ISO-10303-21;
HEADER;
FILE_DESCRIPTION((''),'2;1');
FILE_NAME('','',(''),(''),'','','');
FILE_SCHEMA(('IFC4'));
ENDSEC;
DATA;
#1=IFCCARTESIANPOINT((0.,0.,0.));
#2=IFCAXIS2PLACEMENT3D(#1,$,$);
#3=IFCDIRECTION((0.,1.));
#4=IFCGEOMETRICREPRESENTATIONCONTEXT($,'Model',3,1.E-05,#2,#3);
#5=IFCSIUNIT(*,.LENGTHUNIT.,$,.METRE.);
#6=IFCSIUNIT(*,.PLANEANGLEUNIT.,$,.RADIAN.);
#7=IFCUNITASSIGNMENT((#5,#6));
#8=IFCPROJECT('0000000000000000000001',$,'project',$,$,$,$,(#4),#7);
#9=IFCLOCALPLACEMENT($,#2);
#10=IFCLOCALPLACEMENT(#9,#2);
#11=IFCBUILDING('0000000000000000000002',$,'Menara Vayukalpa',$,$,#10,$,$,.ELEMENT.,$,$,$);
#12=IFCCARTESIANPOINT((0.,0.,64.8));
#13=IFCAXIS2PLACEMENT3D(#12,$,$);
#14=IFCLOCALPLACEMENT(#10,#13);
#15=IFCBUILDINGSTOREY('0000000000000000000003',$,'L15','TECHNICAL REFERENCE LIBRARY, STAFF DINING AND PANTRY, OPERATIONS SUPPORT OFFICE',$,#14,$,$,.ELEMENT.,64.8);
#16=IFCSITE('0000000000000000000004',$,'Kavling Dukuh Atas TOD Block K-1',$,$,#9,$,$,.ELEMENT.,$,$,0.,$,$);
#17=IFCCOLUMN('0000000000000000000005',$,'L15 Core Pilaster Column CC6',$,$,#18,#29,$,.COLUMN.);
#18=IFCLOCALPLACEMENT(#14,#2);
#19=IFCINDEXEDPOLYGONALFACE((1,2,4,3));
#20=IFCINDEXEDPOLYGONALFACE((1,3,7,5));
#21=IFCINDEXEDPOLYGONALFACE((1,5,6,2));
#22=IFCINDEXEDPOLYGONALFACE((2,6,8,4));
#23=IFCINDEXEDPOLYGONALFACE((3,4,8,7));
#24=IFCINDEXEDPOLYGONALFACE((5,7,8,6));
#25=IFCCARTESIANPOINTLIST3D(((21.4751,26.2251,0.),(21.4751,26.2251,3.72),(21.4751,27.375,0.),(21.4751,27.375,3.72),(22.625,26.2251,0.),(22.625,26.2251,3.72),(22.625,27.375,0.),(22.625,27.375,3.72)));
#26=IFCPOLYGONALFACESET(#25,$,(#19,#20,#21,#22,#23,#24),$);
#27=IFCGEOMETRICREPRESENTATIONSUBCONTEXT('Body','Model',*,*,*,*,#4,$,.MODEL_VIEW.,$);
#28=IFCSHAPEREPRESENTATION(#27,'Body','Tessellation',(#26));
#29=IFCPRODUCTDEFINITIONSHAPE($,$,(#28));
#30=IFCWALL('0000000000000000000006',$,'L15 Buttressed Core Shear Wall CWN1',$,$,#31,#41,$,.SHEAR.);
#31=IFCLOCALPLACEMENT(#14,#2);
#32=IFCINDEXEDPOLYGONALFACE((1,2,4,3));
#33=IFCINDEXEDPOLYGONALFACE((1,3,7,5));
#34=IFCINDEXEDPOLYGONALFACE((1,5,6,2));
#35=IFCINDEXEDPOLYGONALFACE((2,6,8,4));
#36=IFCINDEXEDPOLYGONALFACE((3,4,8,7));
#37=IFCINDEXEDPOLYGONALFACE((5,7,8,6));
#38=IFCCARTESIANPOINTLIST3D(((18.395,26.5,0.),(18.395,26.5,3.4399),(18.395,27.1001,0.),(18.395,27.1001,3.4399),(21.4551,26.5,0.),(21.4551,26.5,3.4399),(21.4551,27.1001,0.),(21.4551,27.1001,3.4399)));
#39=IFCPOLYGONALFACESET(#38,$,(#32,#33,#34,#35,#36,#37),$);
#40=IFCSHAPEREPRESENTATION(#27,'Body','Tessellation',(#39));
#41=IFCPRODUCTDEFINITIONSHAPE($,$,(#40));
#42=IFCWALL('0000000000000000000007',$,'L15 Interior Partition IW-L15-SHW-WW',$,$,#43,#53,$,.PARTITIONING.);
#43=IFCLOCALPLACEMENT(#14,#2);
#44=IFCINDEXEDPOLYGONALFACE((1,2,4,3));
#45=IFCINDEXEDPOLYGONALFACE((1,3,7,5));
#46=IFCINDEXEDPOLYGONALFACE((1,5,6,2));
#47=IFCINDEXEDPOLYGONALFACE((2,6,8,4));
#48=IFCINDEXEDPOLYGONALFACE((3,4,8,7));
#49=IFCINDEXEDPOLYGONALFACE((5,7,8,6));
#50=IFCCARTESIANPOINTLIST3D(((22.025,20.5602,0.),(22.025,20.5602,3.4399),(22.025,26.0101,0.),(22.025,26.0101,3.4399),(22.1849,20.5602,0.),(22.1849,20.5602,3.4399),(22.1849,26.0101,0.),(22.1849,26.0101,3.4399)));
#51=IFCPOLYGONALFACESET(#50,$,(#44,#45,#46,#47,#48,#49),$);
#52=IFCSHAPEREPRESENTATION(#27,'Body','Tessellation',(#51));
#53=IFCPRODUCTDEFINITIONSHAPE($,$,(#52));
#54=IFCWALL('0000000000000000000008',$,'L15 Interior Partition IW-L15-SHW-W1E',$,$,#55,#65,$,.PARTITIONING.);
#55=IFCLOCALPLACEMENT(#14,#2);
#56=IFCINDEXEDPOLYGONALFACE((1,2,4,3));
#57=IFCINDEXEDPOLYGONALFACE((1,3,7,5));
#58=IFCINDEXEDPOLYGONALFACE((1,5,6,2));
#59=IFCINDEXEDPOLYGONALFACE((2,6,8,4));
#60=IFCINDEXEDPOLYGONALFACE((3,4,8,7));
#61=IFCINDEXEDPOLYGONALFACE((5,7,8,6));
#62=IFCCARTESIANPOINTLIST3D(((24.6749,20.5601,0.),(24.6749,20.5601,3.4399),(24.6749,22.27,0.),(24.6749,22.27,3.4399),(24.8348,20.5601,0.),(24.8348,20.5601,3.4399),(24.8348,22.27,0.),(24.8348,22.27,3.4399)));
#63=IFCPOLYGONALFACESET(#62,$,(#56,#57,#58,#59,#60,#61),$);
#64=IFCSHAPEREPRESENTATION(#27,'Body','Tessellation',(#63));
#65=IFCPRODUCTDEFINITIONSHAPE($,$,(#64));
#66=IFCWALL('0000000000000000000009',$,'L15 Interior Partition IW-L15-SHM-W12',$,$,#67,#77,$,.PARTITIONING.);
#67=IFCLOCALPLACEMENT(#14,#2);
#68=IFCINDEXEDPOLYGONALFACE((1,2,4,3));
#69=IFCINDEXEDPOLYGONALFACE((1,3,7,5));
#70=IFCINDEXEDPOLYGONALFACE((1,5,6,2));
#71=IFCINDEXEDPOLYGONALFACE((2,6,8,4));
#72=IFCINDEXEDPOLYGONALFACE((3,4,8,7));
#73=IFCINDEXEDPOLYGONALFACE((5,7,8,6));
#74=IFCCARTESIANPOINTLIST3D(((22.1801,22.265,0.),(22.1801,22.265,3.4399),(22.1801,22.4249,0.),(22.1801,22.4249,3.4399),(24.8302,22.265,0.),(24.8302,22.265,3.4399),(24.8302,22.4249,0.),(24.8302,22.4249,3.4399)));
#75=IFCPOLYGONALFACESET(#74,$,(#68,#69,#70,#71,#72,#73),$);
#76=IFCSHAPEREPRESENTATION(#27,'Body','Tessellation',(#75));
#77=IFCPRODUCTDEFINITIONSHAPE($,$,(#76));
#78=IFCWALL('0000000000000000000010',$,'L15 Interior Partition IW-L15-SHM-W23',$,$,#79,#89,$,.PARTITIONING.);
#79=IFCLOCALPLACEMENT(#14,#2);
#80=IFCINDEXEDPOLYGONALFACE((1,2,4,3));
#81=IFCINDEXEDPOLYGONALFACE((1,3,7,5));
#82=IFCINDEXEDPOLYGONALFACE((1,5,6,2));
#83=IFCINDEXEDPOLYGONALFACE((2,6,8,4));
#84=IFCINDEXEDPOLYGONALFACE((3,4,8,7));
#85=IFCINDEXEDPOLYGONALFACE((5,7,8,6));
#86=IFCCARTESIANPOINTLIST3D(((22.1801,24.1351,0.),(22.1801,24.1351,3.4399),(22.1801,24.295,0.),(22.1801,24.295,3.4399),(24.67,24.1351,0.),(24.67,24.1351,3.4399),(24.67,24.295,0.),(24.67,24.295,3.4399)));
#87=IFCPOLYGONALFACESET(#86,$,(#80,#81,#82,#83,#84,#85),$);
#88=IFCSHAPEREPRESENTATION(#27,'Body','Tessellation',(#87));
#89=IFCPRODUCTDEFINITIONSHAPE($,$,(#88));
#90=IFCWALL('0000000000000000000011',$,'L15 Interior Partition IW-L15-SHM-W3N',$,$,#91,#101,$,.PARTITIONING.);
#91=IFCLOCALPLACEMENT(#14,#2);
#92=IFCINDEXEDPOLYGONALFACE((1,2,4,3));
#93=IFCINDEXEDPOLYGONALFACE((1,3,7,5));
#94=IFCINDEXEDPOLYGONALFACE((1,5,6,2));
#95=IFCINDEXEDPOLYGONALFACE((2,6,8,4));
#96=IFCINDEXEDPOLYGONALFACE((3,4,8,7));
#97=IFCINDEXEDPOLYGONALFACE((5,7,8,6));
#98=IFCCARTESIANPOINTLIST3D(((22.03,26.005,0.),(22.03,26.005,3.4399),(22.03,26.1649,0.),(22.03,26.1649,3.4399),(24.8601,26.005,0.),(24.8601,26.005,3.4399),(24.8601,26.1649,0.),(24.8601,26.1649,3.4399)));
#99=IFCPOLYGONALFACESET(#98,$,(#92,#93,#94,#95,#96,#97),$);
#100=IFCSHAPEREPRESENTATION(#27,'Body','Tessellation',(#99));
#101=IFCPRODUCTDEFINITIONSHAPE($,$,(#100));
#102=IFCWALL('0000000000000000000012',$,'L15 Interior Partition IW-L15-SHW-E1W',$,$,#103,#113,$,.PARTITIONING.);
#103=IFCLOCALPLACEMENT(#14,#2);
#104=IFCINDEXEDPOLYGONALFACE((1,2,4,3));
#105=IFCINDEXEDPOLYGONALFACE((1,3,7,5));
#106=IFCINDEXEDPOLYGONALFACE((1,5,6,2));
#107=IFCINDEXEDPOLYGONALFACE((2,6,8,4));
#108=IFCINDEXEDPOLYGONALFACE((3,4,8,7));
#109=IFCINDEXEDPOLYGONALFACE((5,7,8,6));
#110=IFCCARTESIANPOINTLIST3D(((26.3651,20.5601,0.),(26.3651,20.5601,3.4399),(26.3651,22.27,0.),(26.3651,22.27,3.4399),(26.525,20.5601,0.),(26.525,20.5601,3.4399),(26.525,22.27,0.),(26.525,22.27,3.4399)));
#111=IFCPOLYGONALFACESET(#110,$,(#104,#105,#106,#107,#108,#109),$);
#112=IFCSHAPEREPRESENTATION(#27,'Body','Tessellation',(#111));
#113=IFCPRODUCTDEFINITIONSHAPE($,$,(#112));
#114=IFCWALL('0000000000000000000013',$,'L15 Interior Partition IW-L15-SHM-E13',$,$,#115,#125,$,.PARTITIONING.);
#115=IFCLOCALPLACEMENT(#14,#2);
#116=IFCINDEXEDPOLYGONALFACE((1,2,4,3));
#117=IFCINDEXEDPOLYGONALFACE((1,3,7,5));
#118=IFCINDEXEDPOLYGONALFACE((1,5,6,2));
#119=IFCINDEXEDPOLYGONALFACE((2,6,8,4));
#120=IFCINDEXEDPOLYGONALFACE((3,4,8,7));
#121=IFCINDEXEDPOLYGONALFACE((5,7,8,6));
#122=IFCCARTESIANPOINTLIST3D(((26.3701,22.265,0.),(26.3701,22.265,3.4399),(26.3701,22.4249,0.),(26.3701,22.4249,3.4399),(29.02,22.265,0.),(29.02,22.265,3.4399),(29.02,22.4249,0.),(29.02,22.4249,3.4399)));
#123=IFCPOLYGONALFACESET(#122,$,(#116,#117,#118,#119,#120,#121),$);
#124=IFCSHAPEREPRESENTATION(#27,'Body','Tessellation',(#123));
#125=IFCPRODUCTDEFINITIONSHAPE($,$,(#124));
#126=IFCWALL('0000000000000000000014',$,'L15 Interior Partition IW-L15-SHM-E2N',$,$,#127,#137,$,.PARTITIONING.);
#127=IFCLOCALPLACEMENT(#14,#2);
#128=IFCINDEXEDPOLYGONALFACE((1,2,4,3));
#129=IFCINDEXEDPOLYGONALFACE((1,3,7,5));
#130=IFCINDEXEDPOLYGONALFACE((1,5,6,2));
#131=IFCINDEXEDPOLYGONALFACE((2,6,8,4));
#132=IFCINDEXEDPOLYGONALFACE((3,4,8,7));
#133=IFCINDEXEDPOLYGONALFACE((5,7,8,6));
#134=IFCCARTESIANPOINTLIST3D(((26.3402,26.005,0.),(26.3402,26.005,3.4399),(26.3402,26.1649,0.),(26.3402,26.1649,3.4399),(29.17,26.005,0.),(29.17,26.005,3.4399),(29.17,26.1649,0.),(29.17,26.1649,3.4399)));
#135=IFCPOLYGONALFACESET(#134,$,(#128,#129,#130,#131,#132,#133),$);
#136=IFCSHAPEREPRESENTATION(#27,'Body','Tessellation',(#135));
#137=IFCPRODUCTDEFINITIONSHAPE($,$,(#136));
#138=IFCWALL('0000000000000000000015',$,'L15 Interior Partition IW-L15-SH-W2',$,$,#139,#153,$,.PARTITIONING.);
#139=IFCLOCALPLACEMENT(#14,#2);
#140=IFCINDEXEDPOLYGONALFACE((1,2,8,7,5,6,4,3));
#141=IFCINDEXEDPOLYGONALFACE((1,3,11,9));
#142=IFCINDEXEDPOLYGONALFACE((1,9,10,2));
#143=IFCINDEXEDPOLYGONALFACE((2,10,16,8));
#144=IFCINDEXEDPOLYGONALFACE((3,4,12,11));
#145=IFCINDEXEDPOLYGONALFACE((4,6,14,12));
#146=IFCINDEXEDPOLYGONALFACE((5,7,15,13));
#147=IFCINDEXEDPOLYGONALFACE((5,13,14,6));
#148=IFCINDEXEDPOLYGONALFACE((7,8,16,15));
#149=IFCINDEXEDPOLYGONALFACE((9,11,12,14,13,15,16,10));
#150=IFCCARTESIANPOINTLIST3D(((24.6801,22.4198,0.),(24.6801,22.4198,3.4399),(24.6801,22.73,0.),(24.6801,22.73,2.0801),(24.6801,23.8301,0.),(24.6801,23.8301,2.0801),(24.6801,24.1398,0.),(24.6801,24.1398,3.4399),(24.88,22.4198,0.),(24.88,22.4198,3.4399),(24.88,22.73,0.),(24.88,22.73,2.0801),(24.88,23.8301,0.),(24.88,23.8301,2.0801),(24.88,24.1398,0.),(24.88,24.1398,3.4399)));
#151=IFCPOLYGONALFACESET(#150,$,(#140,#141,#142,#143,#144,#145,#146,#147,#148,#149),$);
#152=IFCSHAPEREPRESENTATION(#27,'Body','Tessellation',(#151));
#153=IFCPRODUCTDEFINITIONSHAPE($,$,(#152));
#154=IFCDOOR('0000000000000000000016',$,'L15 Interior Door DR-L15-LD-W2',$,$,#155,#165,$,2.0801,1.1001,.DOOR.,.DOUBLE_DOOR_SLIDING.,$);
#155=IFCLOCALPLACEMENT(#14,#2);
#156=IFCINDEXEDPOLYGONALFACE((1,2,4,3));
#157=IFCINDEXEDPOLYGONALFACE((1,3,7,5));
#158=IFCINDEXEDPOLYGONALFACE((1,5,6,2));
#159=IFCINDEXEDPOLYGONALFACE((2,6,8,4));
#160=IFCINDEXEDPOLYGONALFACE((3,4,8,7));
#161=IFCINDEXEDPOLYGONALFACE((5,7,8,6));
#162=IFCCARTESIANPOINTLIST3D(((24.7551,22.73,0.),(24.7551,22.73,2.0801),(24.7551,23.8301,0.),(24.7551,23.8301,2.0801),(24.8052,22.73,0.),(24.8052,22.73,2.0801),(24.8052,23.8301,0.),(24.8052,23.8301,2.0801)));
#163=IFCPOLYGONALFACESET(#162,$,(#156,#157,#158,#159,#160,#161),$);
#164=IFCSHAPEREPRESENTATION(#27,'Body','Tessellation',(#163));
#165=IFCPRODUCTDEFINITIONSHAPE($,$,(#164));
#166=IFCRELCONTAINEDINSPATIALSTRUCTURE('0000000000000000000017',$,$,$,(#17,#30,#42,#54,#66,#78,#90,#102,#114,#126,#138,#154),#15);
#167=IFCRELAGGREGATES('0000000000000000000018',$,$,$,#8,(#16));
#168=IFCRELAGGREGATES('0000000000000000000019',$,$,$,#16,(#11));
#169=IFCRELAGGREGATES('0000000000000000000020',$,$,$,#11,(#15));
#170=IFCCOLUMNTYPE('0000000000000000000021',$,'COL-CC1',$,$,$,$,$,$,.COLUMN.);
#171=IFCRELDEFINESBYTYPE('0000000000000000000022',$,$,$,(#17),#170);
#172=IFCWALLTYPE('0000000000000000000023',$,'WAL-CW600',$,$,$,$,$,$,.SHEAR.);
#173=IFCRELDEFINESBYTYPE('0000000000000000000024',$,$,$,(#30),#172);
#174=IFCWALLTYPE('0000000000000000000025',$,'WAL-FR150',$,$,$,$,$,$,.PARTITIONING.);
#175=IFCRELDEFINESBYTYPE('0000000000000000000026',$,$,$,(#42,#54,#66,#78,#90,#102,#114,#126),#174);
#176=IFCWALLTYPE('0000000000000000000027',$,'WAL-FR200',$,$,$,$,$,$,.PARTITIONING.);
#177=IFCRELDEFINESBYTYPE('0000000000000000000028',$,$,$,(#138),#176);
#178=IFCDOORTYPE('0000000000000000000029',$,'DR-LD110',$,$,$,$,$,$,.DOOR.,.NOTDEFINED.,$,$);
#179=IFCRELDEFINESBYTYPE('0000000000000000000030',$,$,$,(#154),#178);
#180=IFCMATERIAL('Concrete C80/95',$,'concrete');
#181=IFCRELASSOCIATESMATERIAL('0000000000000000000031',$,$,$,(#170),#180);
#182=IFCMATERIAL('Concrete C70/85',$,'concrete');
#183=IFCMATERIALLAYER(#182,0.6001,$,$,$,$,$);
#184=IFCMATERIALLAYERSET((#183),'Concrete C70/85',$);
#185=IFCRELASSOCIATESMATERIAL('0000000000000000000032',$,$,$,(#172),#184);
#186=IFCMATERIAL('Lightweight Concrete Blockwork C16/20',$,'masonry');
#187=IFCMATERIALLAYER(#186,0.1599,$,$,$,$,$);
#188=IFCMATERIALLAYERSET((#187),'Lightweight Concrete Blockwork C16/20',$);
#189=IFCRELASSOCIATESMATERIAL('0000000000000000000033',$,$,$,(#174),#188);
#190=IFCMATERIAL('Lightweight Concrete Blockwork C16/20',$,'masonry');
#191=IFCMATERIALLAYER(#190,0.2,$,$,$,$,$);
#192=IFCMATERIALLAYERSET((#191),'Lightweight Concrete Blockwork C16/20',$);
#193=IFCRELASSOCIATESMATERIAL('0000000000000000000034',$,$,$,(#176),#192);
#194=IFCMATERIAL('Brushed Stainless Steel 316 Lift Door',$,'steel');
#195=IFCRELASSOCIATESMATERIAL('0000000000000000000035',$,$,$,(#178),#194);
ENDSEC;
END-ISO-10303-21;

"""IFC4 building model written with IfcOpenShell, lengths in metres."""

from ifc_helpers import new_model, si_unit, direction, frame, frame_2d, origin, origin_2d, place, context, subcontext, project, spatial, rectangle, extrude, material, layer, layer_set, material_profile, profile_set, type_object, element, fill, save


model = new_model("IFC4")

# Units and contexts
model_context = context("Model", 3, precision=1e-05, world=origin(), true_north=direction((0.0, 1.0)))
body_context = subcontext(model_context, "Body", "Model", "MODEL_VIEW")
ifc_project = project(units=[si_unit("LENGTHUNIT", "METRE"), si_unit("PLANEANGLEUNIT", "RADIAN")], contexts=[model_context])

# Site, building, storey
site_placement = place(None, origin())
site = spatial("IfcSite", under=ifc_project, at=site_placement, Name="Kavling Dukuh Atas TOD Block K-1", CompositionType="ELEMENT", RefElevation=0.0)
building_placement = place(site_placement, origin())
building = spatial("IfcBuilding", under=site, at=building_placement, Name="Menara Vayukalpa", CompositionType="ELEMENT")
storey_placement = place(building_placement, frame((0.0, 0.0, 64.8)))
storey = spatial("IfcBuildingStorey", under=building, at=storey_placement, Name="L15", Description="TECHNICAL REFERENCE LIBRARY, STAFF DINING AND PANTRY, OPERATIONS SUPPORT OFFICE", CompositionType="ELEMENT", Elevation=64.8)

# Column
ifc_material_1 = material(Name="Concrete C80/95", Category="concrete")
ifc_material_profile = material_profile(ifc_material_1, rectangle(XDim=1.1499, YDim=1.1499, at=origin_2d()), Name="RC 1150x1150")
ifc_profile_set = profile_set([ifc_material_profile], Name="Concrete C80/95")
column_type = type_object("IfcColumnType", Name="COL-CC1", PredefinedType="COLUMN", material=ifc_profile_set)
column_placement = place(storey_placement, frame((22.05, 26.8, 0.0), z_axis=(0.0, 0.0, 1.0), x_axis=(1.0, 0.0, 0.0)))
element("IfcColumn", 1, at=column_placement, inside=storey, type_object=column_type, Name="L15 Core Pilaster Column CC6", PredefinedType="COLUMN", context=body_context, shape_type="SweptSolid", body=[
    extrude(rectangle(XDim=1.1499, YDim=1.1499, at=origin_2d()), origin(), (0.0, 0.0, 1.0), 3.72),
])

# Walls
ifc_material_2 = material(Name="Concrete C70/85", Category="concrete")
ifc_layer_1 = layer(ifc_material_2, 0.6001)
ifc_layer_set_1 = layer_set([ifc_layer_1], Name="Concrete C70/85")
wall_type_1 = type_object("IfcWallType", Name="WAL-CW600", PredefinedType="SHEAR", material=ifc_layer_set_1)
wall_1_placement = place(storey_placement, frame((18.395, 26.8, 0.0), z_axis=(0.0, 0.0, 1.0), x_axis=(1.0, 0.0, 0.0)))
element("IfcWall", 2, at=wall_1_placement, inside=storey, type_object=wall_type_1, Name="L15 Buttressed Core Shear Wall CWN1", PredefinedType="SHEAR", context=body_context, shape_type="SweptSolid", body=[
    extrude(rectangle(XDim=3.0601, YDim=0.6001, at=frame_2d((1.53, 0.0))), origin(), (0.0, 0.0, 1.0), 3.4399),
])
ifc_material_3 = material(Name="Lightweight Concrete Blockwork C16/20", Category="masonry")
ifc_layer_2 = layer(ifc_material_3, 0.1599)
ifc_layer_set_2 = layer_set([ifc_layer_2], Name="Lightweight Concrete Blockwork C16/20")
wall_type_2 = type_object("IfcWallType", Name="WAL-FR150", PredefinedType="PARTITIONING", material=ifc_layer_set_2)
wall_2_placement = place(storey_placement, frame((22.105, 20.5601, 0.0), z_axis=(0.0, 0.0, 1.0), x_axis=(0.0, 1.0, 0.0)))
element("IfcWall", 3, at=wall_2_placement, inside=storey, type_object=wall_type_2, Name="L15 Interior Partition IW-L15-SHW-WW", PredefinedType="PARTITIONING", context=body_context, shape_type="SweptSolid", body=[
    extrude(rectangle(XDim=5.45, YDim=0.1599, at=frame_2d((2.7251, 0.0))), origin(), (0.0, 0.0, 1.0), 3.4399),
])
wall_3_placement = place(storey_placement, frame((24.7549, 20.5601, 0.0), z_axis=(0.0, 0.0, 1.0), x_axis=(0.0, 1.0, 0.0)))
element("IfcWall", 4, at=wall_3_placement, inside=storey, type_object=wall_type_2, Name="L15 Interior Partition IW-L15-SHW-W1E", PredefinedType="PARTITIONING", context=body_context, shape_type="SweptSolid", body=[
    extrude(rectangle(XDim=1.71, YDim=0.1599, at=frame_2d((0.855, 0.0))), origin(), (0.0, 0.0, 1.0), 3.4399),
])
wall_4_placement = place(storey_placement, frame((22.1799, 22.345, 0.0), z_axis=(0.0, 0.0, 1.0), x_axis=(1.0, 0.0, 0.0)))
element("IfcWall", 5, at=wall_4_placement, inside=storey, type_object=wall_type_2, Name="L15 Interior Partition IW-L15-SHM-W12", PredefinedType="PARTITIONING", context=body_context, shape_type="SweptSolid", body=[
    extrude(rectangle(XDim=2.6501, YDim=0.1599, at=frame_2d((1.3252, 0.0))), origin(), (0.0, 0.0, 1.0), 3.4399),
])
wall_5_placement = place(storey_placement, frame((22.1799, 24.2151, 0.0), z_axis=(0.0, 0.0, 1.0), x_axis=(1.0, 0.0, 0.0)))
element("IfcWall", 6, at=wall_5_placement, inside=storey, type_object=wall_type_2, Name="L15 Interior Partition IW-L15-SHM-W23", PredefinedType="PARTITIONING", context=body_context, shape_type="SweptSolid", body=[
    extrude(rectangle(XDim=2.49, YDim=0.1599, at=frame_2d((1.2451, 0.0))), origin(), (0.0, 0.0, 1.0), 3.4399),
])
wall_6_placement = place(storey_placement, frame((22.03, 26.085, 0.0), z_axis=(0.0, 0.0, 1.0), x_axis=(1.0, 0.0, 0.0)))
element("IfcWall", 7, at=wall_6_placement, inside=storey, type_object=wall_type_2, Name="L15 Interior Partition IW-L15-SHM-W3N", PredefinedType="PARTITIONING", context=body_context, shape_type="SweptSolid", body=[
    extrude(rectangle(XDim=2.8301, YDim=0.1599, at=frame_2d((1.415, 0.0))), origin(), (0.0, 0.0, 1.0), 3.4399),
])
wall_7_placement = place(storey_placement, frame((26.4451, 20.5601, 0.0), z_axis=(0.0, 0.0, 1.0), x_axis=(0.0, 1.0, 0.0)))
element("IfcWall", 8, at=wall_7_placement, inside=storey, type_object=wall_type_2, Name="L15 Interior Partition IW-L15-SHW-E1W", PredefinedType="PARTITIONING", context=body_context, shape_type="SweptSolid", body=[
    extrude(rectangle(XDim=1.71, YDim=0.1599, at=frame_2d((0.855, 0.0))), origin(), (0.0, 0.0, 1.0), 3.4399),
])
wall_8_placement = place(storey_placement, frame((26.3701, 22.345, 0.0), z_axis=(0.0, 0.0, 1.0), x_axis=(1.0, 0.0, 0.0)))
element("IfcWall", 9, at=wall_8_placement, inside=storey, type_object=wall_type_2, Name="L15 Interior Partition IW-L15-SHM-E13", PredefinedType="PARTITIONING", context=body_context, shape_type="SweptSolid", body=[
    extrude(rectangle(XDim=2.6499, YDim=0.1599, at=frame_2d((1.325, 0.0))), origin(), (0.0, 0.0, 1.0), 3.4399),
])
wall_9_placement = place(storey_placement, frame((26.3401, 26.085, 0.0), z_axis=(0.0, 0.0, 1.0), x_axis=(1.0, 0.0, 0.0)))
element("IfcWall", 10, at=wall_9_placement, inside=storey, type_object=wall_type_2, Name="L15 Interior Partition IW-L15-SHM-E2N", PredefinedType="PARTITIONING", context=body_context, shape_type="SweptSolid", body=[
    extrude(rectangle(XDim=2.8298, YDim=0.1599, at=frame_2d((1.415, 0.0))), origin(), (0.0, 0.0, 1.0), 3.4399),
])

# Wall, opening, door
ifc_material_4 = material(Name="Lightweight Concrete Blockwork C16/20", Category="masonry")
ifc_layer_3 = layer(ifc_material_4, 0.2)
ifc_layer_set_3 = layer_set([ifc_layer_3], Name="Lightweight Concrete Blockwork C16/20")
wall_type_3 = type_object("IfcWallType", Name="WAL-FR200", PredefinedType="PARTITIONING", material=ifc_layer_set_3)
wall_10_placement = place(storey_placement, frame((24.78, 22.4199, 0.0), z_axis=(0.0, 0.0, 1.0), x_axis=(0.0, 1.0, 0.0)))
wall_10 = element("IfcWall", 11, at=wall_10_placement, inside=storey, type_object=wall_type_3, Name="L15 Interior Partition IW-L15-SH-W2", PredefinedType="PARTITIONING", context=body_context, shape_type="SweptSolid", body=[
    extrude(rectangle(XDim=1.72, YDim=0.2, at=frame_2d((0.8599, 0.0))), origin(), (0.0, 0.0, 1.0), 3.4399),
])
opening_1_placement = place(wall_10_placement, frame((0.3101, 0.0, 0.0)))
opening_1 = element("IfcOpeningElement", 12, at=opening_1_placement, cuts=wall_10, PredefinedType="OPENING", context=body_context, shape_type="SweptSolid", body=[
    extrude(rectangle(XDim=1.1001, YDim=2.0801, at=frame_2d((0.55, 1.04))), frame((0.0, 0.1099, 0.0), z_axis=(0.0, -1.0, 0.0), x_axis=(1.0, 0.0, 0.0)), (0.0, 0.0, 1.0), 0.22),
])
ifc_material_5 = material(Name="Brushed Stainless Steel 316 Lift Door", Category="steel")
door_type = type_object("IfcDoorType", Name="DR-LD110", OperationType="NOTDEFINED", PredefinedType="DOOR", material=ifc_material_5)
door_1_placement = place(opening_1_placement, origin())
door_1 = element("IfcDoor", 13, at=door_1_placement, inside=storey, type_object=door_type, Name="L15 Interior Door DR-L15-LD-W2", OperationType="DOUBLE_DOOR_SLIDING", OverallHeight=2.0801, OverallWidth=1.1001, PredefinedType="DOOR", context=body_context, shape_type="SweptSolid", body=[
    extrude(rectangle(XDim=1.1001, YDim=2.0801, at=frame_2d((0.55, 1.04))), frame((0.0, 0.0249, 0.0), z_axis=(0.0, -1.0, 0.0), x_axis=(1.0, 0.0, 0.0)), (0.0, 0.0, 1.0), 0.05),
])
fill(opening_1, door_1)

save(model, "model.ifc")
